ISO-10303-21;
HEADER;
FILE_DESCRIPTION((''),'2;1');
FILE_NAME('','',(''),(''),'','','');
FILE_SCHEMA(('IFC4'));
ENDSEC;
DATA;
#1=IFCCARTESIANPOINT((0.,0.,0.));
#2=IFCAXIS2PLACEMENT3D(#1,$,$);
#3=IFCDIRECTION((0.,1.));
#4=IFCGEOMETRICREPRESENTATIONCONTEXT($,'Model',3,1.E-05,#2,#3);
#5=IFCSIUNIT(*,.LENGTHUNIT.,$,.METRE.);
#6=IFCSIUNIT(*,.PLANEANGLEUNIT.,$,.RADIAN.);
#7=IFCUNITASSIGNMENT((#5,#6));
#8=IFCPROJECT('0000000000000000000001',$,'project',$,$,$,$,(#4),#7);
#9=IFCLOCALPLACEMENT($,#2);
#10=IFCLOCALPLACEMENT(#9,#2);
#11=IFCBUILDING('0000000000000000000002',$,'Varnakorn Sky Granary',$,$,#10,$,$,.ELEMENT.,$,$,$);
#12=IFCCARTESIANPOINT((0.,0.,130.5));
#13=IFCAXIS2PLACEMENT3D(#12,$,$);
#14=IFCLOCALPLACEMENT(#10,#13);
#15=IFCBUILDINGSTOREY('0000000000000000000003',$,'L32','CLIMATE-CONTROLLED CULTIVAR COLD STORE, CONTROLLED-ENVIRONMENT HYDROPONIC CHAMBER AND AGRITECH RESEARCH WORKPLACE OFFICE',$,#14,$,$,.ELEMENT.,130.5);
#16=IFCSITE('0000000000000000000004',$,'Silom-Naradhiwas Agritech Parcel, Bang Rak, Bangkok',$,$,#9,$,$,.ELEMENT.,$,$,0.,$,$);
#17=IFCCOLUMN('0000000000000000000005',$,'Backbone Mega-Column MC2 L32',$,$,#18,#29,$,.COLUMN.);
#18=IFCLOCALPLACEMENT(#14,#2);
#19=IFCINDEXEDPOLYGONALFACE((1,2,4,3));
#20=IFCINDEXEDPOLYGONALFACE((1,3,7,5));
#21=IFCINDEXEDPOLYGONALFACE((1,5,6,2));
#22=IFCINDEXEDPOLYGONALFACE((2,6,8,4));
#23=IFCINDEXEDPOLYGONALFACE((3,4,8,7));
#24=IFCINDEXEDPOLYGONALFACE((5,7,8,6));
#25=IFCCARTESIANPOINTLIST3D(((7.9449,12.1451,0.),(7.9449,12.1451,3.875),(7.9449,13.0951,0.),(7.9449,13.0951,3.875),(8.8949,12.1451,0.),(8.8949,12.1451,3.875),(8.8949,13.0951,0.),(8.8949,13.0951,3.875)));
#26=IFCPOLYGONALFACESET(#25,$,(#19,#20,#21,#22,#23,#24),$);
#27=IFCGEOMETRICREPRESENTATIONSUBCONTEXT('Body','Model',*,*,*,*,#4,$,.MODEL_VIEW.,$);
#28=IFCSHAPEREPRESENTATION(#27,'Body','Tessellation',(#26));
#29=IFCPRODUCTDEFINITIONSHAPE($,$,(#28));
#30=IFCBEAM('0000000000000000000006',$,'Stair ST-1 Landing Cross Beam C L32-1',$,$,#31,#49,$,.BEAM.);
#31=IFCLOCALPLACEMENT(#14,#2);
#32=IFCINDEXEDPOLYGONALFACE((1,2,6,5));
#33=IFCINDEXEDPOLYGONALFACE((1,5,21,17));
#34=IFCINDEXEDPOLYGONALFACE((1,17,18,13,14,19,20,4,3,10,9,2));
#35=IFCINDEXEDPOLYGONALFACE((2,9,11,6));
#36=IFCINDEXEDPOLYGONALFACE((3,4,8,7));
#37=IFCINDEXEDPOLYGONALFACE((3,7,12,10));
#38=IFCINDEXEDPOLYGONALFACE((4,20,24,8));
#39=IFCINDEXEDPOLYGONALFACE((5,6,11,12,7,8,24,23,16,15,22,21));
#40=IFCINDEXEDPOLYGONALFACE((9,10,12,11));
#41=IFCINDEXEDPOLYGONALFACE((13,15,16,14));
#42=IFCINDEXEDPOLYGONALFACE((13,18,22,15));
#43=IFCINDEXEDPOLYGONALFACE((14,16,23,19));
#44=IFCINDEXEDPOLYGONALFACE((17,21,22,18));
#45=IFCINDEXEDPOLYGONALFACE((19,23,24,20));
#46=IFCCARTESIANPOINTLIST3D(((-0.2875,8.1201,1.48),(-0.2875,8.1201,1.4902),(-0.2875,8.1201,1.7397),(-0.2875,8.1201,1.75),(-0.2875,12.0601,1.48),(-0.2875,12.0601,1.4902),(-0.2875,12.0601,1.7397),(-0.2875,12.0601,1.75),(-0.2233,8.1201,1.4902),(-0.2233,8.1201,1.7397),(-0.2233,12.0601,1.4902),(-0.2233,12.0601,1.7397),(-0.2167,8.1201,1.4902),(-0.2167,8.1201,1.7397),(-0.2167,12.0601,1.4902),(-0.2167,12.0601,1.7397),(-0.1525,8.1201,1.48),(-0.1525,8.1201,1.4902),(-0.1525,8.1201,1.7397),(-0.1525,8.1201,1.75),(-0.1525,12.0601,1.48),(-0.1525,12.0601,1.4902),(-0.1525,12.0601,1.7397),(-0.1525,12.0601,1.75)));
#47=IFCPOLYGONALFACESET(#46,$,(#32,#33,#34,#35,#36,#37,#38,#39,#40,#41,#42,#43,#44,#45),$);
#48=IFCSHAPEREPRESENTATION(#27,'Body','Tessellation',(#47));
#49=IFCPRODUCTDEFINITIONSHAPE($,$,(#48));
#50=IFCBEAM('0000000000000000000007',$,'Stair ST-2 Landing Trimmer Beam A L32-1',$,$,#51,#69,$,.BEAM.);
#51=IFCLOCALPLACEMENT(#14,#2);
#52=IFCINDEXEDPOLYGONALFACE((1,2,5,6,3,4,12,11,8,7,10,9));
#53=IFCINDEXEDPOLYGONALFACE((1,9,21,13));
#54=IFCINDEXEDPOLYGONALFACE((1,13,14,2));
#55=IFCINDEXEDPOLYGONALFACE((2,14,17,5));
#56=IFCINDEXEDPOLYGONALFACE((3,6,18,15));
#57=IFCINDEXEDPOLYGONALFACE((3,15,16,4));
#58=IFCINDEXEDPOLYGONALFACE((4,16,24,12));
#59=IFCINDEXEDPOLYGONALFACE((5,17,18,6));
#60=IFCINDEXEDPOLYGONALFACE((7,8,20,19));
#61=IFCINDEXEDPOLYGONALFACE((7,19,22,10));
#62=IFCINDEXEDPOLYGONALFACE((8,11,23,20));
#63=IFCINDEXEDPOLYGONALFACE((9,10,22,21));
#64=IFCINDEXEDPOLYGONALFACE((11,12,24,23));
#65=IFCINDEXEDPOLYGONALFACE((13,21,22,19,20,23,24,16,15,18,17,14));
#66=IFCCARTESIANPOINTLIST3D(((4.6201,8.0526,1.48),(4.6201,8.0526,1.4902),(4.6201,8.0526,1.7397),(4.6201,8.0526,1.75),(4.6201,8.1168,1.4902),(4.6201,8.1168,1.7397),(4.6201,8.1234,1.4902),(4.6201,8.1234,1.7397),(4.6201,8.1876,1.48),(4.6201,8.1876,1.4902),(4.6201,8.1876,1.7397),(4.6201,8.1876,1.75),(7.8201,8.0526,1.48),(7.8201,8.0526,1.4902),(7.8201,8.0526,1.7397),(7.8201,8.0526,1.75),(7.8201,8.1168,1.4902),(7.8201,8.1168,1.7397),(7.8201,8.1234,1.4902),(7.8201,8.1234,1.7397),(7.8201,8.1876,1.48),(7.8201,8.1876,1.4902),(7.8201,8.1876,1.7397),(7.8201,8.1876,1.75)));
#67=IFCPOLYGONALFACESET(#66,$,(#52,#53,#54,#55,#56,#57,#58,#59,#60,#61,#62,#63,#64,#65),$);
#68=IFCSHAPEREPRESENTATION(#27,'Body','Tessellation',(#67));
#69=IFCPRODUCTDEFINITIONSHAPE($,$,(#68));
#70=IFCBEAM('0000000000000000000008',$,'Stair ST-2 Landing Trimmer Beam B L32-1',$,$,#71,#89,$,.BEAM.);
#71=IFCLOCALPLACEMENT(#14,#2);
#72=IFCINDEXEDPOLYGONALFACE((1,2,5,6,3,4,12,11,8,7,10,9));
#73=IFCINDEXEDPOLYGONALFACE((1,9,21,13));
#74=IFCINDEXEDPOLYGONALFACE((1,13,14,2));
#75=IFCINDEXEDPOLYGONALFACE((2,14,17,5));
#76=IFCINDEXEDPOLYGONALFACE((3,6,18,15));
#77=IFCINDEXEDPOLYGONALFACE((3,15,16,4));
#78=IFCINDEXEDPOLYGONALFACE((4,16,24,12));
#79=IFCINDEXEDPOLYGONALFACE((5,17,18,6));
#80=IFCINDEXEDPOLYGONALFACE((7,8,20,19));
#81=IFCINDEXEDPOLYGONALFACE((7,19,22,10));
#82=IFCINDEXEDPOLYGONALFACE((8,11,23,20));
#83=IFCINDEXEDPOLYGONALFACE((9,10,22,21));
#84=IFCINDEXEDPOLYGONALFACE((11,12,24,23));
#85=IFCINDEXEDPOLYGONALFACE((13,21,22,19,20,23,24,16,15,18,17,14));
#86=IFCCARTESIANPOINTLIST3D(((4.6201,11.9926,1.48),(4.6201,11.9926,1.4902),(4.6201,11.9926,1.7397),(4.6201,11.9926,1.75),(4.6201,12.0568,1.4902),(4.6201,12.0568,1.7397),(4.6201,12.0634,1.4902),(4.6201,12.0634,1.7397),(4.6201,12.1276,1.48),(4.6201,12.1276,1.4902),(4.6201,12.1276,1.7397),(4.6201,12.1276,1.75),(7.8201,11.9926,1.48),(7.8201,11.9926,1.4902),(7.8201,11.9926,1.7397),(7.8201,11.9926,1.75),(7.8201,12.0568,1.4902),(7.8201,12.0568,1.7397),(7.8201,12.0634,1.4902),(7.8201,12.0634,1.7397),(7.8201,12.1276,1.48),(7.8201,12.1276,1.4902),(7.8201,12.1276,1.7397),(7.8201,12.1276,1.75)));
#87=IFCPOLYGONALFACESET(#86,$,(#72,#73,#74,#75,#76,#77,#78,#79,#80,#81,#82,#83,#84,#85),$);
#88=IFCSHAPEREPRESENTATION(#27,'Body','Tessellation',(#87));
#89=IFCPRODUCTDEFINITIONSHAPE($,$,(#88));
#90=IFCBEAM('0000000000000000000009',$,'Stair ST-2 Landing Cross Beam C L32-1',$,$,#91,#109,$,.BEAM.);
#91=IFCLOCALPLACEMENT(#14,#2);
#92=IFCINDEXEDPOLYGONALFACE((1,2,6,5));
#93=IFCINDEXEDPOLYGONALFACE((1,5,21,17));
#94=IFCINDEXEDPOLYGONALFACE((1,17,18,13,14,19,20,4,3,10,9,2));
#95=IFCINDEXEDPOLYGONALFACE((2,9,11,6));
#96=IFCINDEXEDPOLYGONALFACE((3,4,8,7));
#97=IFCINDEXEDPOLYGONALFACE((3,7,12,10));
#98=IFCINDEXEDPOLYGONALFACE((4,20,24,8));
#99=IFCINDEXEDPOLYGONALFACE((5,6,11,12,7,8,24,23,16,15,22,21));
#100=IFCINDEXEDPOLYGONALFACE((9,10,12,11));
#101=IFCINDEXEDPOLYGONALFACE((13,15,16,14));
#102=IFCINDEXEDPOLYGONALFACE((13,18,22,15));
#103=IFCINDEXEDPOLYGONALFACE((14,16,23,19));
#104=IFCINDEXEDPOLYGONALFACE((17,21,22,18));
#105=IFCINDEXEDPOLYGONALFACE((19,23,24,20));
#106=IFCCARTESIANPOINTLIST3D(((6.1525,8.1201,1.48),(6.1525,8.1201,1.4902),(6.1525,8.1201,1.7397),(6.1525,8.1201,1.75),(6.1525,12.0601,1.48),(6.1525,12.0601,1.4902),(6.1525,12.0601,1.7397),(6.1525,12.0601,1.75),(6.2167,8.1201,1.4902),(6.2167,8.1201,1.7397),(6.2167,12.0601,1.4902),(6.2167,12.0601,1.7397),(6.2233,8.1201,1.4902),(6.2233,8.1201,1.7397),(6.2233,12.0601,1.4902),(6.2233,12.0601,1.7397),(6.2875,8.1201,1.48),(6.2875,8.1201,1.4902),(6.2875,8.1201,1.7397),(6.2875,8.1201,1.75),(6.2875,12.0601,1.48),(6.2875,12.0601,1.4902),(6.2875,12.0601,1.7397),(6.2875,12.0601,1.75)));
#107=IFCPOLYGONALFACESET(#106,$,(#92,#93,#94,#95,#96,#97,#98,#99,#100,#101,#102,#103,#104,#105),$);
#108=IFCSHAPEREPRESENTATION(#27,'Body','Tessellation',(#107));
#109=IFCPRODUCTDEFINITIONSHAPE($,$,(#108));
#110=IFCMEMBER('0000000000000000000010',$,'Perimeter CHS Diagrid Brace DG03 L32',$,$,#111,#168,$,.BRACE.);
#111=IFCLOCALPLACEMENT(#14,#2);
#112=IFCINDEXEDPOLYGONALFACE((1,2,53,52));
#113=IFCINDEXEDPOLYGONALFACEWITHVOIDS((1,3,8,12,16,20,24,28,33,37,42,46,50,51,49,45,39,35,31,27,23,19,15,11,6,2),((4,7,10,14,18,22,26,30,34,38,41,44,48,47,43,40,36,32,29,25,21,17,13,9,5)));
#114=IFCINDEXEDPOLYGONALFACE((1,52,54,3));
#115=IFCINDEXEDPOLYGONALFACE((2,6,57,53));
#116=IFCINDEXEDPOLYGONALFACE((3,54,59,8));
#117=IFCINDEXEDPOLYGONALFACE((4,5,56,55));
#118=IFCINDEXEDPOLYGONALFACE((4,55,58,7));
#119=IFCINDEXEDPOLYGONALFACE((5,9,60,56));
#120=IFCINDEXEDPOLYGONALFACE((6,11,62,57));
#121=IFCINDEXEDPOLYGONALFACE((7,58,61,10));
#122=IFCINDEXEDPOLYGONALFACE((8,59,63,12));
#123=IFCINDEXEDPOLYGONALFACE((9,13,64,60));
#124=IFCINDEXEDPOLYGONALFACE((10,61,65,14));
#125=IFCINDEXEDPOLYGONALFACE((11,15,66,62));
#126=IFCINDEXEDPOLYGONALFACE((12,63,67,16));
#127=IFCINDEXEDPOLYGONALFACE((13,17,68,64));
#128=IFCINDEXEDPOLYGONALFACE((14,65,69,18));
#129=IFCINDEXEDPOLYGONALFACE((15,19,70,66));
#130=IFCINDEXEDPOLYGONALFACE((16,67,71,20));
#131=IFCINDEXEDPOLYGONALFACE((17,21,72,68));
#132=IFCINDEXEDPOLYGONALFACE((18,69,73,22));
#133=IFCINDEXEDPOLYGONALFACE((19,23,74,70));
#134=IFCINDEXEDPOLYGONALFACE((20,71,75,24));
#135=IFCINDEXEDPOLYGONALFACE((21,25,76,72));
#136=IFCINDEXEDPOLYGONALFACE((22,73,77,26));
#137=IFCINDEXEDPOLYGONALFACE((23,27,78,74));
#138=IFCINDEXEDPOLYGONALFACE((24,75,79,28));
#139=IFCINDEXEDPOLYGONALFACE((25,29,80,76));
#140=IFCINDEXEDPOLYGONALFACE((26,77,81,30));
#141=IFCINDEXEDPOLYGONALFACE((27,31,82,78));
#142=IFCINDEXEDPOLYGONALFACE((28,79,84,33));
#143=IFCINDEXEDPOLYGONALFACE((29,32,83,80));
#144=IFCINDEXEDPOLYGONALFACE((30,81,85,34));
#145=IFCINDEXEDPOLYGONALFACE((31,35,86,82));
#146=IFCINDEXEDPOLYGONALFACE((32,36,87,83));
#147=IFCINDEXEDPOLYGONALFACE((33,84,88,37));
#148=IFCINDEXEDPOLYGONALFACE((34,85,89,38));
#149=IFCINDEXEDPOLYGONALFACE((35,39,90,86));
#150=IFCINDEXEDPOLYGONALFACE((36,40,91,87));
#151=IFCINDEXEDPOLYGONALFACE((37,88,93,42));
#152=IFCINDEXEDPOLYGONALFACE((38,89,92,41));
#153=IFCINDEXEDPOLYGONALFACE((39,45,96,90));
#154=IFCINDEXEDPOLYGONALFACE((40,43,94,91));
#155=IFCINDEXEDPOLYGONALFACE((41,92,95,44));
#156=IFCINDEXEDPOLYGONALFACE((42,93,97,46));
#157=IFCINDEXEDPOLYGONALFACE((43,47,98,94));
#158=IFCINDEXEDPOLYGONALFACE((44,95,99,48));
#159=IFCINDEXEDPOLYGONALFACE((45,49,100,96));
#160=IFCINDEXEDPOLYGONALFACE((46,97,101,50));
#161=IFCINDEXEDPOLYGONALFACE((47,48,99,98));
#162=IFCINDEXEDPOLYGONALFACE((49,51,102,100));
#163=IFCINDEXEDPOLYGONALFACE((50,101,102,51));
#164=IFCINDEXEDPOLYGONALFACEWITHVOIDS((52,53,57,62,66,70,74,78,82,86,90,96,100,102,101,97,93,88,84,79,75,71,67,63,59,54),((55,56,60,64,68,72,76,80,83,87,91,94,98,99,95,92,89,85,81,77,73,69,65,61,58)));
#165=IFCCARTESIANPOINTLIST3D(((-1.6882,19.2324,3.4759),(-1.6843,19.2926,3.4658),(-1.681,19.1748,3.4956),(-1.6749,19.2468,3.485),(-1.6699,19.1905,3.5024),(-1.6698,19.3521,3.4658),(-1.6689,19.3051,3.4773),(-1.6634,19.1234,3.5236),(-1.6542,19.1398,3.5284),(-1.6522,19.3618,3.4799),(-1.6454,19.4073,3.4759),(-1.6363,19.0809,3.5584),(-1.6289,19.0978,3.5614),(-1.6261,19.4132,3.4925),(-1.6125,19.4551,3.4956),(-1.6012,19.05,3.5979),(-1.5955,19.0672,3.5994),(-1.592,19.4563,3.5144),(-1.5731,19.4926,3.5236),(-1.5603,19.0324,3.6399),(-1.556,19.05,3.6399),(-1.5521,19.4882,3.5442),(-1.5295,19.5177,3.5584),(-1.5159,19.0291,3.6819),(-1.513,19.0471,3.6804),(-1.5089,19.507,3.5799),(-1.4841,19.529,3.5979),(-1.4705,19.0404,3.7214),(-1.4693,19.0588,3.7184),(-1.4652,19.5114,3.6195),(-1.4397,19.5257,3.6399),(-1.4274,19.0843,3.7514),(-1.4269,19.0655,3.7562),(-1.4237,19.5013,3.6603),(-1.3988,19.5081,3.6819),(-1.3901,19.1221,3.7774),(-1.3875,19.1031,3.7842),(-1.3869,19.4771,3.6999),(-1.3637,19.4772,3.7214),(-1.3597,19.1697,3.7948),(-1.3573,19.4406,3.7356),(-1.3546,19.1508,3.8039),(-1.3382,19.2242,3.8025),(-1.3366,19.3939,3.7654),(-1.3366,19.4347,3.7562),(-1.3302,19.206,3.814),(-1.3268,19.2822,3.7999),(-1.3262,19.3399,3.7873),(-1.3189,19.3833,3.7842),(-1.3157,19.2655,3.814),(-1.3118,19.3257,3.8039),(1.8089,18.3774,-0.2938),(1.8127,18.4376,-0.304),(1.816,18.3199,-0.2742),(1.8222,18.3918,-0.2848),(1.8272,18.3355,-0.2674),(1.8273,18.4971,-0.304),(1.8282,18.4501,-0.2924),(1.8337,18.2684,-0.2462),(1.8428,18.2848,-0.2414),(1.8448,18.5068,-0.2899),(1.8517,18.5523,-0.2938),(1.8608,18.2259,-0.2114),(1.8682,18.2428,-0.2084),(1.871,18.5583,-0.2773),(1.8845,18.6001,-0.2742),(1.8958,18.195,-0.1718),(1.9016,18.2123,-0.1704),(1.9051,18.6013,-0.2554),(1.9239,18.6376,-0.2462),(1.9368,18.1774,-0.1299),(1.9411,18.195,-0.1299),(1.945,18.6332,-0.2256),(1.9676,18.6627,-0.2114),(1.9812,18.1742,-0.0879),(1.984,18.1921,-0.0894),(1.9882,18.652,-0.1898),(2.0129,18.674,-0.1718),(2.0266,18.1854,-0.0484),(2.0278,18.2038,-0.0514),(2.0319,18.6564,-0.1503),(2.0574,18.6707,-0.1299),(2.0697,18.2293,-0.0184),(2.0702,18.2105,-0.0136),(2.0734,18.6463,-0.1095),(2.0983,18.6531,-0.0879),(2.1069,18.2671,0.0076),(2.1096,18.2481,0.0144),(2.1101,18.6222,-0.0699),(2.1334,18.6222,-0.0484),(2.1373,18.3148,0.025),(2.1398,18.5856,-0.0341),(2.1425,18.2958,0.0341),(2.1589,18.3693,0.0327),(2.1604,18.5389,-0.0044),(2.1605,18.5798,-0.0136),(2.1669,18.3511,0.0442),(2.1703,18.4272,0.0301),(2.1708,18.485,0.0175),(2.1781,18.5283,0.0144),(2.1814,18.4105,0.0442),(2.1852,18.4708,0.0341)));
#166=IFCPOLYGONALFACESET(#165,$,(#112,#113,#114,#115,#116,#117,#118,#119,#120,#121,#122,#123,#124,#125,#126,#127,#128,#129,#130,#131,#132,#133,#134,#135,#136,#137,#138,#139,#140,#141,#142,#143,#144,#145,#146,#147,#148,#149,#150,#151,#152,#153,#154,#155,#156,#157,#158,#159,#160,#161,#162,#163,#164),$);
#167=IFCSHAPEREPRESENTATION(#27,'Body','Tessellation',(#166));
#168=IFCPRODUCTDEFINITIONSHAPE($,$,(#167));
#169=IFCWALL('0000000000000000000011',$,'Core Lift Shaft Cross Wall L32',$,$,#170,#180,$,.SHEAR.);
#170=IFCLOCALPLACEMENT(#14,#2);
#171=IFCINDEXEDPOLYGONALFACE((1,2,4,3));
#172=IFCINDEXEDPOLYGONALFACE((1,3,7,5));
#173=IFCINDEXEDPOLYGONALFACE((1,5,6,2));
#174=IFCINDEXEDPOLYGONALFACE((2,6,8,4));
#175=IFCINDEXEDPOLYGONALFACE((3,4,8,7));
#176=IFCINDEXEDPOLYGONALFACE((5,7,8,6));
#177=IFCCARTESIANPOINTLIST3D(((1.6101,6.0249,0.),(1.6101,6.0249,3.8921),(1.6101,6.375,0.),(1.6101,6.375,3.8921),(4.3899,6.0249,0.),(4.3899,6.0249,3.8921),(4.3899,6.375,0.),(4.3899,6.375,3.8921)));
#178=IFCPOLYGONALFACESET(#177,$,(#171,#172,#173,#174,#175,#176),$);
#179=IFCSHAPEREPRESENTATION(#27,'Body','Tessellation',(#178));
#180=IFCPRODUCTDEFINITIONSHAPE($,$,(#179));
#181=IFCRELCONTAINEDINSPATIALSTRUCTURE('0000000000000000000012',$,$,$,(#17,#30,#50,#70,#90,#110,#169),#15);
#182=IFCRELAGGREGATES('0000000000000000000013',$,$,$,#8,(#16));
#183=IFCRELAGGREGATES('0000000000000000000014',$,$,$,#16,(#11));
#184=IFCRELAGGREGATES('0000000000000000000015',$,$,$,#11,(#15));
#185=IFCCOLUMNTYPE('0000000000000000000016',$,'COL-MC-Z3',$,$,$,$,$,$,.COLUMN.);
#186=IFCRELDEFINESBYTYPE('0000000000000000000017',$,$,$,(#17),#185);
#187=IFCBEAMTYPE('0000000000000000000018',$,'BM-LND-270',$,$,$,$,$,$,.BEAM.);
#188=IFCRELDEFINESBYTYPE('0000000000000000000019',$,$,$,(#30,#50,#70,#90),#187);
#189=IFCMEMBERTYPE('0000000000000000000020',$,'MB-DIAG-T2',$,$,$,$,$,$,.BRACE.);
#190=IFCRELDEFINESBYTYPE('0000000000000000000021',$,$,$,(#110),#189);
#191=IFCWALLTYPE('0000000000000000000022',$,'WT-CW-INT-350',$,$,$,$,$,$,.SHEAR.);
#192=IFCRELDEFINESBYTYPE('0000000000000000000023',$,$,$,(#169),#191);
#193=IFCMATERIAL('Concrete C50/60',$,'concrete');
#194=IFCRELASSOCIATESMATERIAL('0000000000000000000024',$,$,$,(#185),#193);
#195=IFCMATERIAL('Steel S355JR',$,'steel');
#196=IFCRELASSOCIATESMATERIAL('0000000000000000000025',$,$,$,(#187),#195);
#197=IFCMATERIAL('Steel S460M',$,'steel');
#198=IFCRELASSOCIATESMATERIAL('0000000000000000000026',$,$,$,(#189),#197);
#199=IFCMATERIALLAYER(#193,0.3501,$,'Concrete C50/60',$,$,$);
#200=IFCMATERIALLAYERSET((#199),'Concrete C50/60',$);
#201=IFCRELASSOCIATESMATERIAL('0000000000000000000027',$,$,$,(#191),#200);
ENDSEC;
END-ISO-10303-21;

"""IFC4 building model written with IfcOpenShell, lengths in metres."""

from ifc_helpers import new_model, si_unit, direction, frame, frame_2d, origin, origin_2d, place, context, subcontext, project, spatial, rectangle, hollow_circle, i_section, extrude, material, layer, layer_set, material_profile, profile_set, type_object, element, save


model = new_model("IFC4")

# Units and contexts
model_context = context("Model", 3, precision=1e-05, world=origin(), true_north=direction((0.0, 1.0)))
body_context = subcontext(model_context, "Body", "Model", "MODEL_VIEW")
ifc_project = project(units=[si_unit("LENGTHUNIT", "METRE"), si_unit("PLANEANGLEUNIT", "RADIAN")], contexts=[model_context])

# Site, building, storey
site_placement = place(None, origin())
site = spatial("IfcSite", under=ifc_project, at=site_placement, Name="Silom-Naradhiwas Agritech Parcel, Bang Rak, Bangkok", CompositionType="ELEMENT", RefElevation=0.0)
building_placement = place(site_placement, origin())
building = spatial("IfcBuilding", under=site, at=building_placement, Name="Varnakorn Sky Granary", CompositionType="ELEMENT")
storey_placement = place(building_placement, frame((0.0, 0.0, 130.5)))
storey = spatial("IfcBuildingStorey", under=building, at=storey_placement, Name="L32", Description="CLIMATE-CONTROLLED CULTIVAR COLD STORE, CONTROLLED-ENVIRONMENT HYDROPONIC CHAMBER AND AGRITECH RESEARCH WORKPLACE OFFICE", CompositionType="ELEMENT", Elevation=130.5)

# Column
ifc_material_1 = material(Name="Concrete C50/60", Category="concrete")
ifc_material_profile_1 = material_profile(ifc_material_1, rectangle(XDim=0.95, YDim=0.95, at=origin_2d()), Name="RC 950x950")
ifc_profile_set_1 = profile_set([ifc_material_profile_1], Name="Concrete C50/60")
column_type = type_object("IfcColumnType", Name="COL-MC-Z3", PredefinedType="COLUMN", material=ifc_profile_set_1)
column_placement = place(storey_placement, frame((8.4199, 12.6201, 0.0), z_axis=(0.0, 0.0, 1.0), x_axis=(1.0, 0.0, 0.0)))
element("IfcColumn", 1, at=column_placement, inside=storey, type_object=column_type, Name="Backbone Mega-Column MC2 L32", PredefinedType="COLUMN", context=body_context, shape_type="SweptSolid", body=[
    extrude(rectangle(XDim=0.95, YDim=0.95, at=origin_2d()), origin(), (0.0, 0.0, 1.0), 3.875),
])

# Beams
ifc_material_2 = material(Name="Steel S355JR", Category="steel")
ifc_material_profile_2 = material_profile(ifc_material_2, i_section(OverallWidth=0.135, OverallDepth=0.27, WebThickness=0.0066, FlangeThickness=0.0103, at=origin_2d()), Name="IPE 270")
ifc_profile_set_2 = profile_set([ifc_material_profile_2], Name="Steel S355JR")
beam_type = type_object("IfcBeamType", Name="BM-LND-270", PredefinedType="BEAM", material=ifc_profile_set_2)
beam_1_placement = place(storey_placement, frame((-0.22, 8.1201, 1.615), z_axis=(0.0, 1.0, 0.0), x_axis=(-1.0, 0.0, 0.0)))
element("IfcBeam", 2, at=beam_1_placement, inside=storey, type_object=beam_type, Name="Stair ST-1 Landing Cross Beam C L32-1", PredefinedType="BEAM", context=body_context, shape_type="SweptSolid", body=[
    extrude(i_section(OverallWidth=0.135, OverallDepth=0.27, WebThickness=0.0066, FlangeThickness=0.0103, at=origin_2d()), origin(), (0.0, 0.0, 1.0), 3.9399),
])
for number, where, z_axis, x_axis, name in (
    (3, (4.6201, 8.1201, 1.615), (1.0, 0.0, 0.0), (0.0, 1.0, 0.0), "Stair ST-2 Landing Trimmer Beam A L32-1"),
    (4, (4.6201, 12.0601, 1.615), (1.0, 0.0, 0.0), (0.0, 1.0, 0.0), "Stair ST-2 Landing Trimmer Beam B L32-1"),
):
    element("IfcBeam", number, at=place(storey_placement, frame(where, z_axis=z_axis, x_axis=x_axis)), inside=storey, type_object=beam_type, Name=name, PredefinedType="BEAM", context=body_context, shape_type="SweptSolid", body=[
        extrude(i_section(OverallWidth=0.135, OverallDepth=0.27, WebThickness=0.0066, FlangeThickness=0.0103, at=origin_2d()), origin(), (0.0, 0.0, 1.0), 3.2),
    ])
beam_2_placement = place(storey_placement, frame((6.22, 8.1201, 1.615), z_axis=(0.0, 1.0, 0.0), x_axis=(-1.0, 0.0, 0.0)))
element("IfcBeam", 5, at=beam_2_placement, inside=storey, type_object=beam_type, Name="Stair ST-2 Landing Cross Beam C L32-1", PredefinedType="BEAM", context=body_context, shape_type="SweptSolid", body=[
    extrude(i_section(OverallWidth=0.135, OverallDepth=0.27, WebThickness=0.0066, FlangeThickness=0.0103, at=origin_2d()), origin(), (0.0, 0.0, 1.0), 3.9399),
])

# Member
ifc_material_3 = material(Name="Steel S460M", Category="steel")
ifc_material_profile_3 = material_profile(ifc_material_3, hollow_circle(Radius=0.2539, WallThickness=0.0181, at=origin_2d()), Name="CHS 508x18")
ifc_profile_set_3 = profile_set([ifc_material_profile_3], Name="Steel S460M")
member_type = type_object("IfcMemberType", Name="MB-DIAG-T2", PredefinedType="BRACE", material=ifc_profile_set_3)
member_placement = place(storey_placement, frame((1.9971, 18.4241, -0.1299), z_axis=(-0.670882, 0.16402, 0.723198), x_axis=(-0.23749, -0.97139, 0.0)))
element("IfcMember", 6, at=member_placement, inside=storey, type_object=member_type, Name="Perimeter CHS Diagrid Brace DG03 L32", PredefinedType="BRACE", context=body_context, shape_type="SweptSolid", body=[
    extrude(hollow_circle(Radius=0.2539, WallThickness=0.0181, at=origin_2d()), origin(), (0.0, 0.0, 1.0), 5.2126),
])

# Wall
ifc_layer_1 = layer(ifc_material_1, 0.3501, Name="Concrete C50/60")
ifc_layer_set_1 = layer_set([ifc_layer_1], Name="Concrete C50/60")
wall_type_1 = type_object("IfcWallType", Name="WT-CW-INT-350", PredefinedType="SHEAR", material=ifc_layer_set_1)
wall_1_placement = place(storey_placement, frame((1.6101, 6.2, 0.0), z_axis=(0.0, 0.0, 1.0), x_axis=(1.0, 0.0, 0.0)))
element("IfcWall", 7, at=wall_1_placement, inside=storey, type_object=wall_type_1, Name="Core Lift Shaft Cross Wall L32", PredefinedType="SHEAR", context=body_context, shape_type="SweptSolid", body=[
    extrude(rectangle(XDim=2.7798, YDim=0.3501, at=frame_2d((1.3899, 0.0))), origin(), (0.0, 0.0, 1.0), 3.8921),
])

save(model, "model.ifc")
